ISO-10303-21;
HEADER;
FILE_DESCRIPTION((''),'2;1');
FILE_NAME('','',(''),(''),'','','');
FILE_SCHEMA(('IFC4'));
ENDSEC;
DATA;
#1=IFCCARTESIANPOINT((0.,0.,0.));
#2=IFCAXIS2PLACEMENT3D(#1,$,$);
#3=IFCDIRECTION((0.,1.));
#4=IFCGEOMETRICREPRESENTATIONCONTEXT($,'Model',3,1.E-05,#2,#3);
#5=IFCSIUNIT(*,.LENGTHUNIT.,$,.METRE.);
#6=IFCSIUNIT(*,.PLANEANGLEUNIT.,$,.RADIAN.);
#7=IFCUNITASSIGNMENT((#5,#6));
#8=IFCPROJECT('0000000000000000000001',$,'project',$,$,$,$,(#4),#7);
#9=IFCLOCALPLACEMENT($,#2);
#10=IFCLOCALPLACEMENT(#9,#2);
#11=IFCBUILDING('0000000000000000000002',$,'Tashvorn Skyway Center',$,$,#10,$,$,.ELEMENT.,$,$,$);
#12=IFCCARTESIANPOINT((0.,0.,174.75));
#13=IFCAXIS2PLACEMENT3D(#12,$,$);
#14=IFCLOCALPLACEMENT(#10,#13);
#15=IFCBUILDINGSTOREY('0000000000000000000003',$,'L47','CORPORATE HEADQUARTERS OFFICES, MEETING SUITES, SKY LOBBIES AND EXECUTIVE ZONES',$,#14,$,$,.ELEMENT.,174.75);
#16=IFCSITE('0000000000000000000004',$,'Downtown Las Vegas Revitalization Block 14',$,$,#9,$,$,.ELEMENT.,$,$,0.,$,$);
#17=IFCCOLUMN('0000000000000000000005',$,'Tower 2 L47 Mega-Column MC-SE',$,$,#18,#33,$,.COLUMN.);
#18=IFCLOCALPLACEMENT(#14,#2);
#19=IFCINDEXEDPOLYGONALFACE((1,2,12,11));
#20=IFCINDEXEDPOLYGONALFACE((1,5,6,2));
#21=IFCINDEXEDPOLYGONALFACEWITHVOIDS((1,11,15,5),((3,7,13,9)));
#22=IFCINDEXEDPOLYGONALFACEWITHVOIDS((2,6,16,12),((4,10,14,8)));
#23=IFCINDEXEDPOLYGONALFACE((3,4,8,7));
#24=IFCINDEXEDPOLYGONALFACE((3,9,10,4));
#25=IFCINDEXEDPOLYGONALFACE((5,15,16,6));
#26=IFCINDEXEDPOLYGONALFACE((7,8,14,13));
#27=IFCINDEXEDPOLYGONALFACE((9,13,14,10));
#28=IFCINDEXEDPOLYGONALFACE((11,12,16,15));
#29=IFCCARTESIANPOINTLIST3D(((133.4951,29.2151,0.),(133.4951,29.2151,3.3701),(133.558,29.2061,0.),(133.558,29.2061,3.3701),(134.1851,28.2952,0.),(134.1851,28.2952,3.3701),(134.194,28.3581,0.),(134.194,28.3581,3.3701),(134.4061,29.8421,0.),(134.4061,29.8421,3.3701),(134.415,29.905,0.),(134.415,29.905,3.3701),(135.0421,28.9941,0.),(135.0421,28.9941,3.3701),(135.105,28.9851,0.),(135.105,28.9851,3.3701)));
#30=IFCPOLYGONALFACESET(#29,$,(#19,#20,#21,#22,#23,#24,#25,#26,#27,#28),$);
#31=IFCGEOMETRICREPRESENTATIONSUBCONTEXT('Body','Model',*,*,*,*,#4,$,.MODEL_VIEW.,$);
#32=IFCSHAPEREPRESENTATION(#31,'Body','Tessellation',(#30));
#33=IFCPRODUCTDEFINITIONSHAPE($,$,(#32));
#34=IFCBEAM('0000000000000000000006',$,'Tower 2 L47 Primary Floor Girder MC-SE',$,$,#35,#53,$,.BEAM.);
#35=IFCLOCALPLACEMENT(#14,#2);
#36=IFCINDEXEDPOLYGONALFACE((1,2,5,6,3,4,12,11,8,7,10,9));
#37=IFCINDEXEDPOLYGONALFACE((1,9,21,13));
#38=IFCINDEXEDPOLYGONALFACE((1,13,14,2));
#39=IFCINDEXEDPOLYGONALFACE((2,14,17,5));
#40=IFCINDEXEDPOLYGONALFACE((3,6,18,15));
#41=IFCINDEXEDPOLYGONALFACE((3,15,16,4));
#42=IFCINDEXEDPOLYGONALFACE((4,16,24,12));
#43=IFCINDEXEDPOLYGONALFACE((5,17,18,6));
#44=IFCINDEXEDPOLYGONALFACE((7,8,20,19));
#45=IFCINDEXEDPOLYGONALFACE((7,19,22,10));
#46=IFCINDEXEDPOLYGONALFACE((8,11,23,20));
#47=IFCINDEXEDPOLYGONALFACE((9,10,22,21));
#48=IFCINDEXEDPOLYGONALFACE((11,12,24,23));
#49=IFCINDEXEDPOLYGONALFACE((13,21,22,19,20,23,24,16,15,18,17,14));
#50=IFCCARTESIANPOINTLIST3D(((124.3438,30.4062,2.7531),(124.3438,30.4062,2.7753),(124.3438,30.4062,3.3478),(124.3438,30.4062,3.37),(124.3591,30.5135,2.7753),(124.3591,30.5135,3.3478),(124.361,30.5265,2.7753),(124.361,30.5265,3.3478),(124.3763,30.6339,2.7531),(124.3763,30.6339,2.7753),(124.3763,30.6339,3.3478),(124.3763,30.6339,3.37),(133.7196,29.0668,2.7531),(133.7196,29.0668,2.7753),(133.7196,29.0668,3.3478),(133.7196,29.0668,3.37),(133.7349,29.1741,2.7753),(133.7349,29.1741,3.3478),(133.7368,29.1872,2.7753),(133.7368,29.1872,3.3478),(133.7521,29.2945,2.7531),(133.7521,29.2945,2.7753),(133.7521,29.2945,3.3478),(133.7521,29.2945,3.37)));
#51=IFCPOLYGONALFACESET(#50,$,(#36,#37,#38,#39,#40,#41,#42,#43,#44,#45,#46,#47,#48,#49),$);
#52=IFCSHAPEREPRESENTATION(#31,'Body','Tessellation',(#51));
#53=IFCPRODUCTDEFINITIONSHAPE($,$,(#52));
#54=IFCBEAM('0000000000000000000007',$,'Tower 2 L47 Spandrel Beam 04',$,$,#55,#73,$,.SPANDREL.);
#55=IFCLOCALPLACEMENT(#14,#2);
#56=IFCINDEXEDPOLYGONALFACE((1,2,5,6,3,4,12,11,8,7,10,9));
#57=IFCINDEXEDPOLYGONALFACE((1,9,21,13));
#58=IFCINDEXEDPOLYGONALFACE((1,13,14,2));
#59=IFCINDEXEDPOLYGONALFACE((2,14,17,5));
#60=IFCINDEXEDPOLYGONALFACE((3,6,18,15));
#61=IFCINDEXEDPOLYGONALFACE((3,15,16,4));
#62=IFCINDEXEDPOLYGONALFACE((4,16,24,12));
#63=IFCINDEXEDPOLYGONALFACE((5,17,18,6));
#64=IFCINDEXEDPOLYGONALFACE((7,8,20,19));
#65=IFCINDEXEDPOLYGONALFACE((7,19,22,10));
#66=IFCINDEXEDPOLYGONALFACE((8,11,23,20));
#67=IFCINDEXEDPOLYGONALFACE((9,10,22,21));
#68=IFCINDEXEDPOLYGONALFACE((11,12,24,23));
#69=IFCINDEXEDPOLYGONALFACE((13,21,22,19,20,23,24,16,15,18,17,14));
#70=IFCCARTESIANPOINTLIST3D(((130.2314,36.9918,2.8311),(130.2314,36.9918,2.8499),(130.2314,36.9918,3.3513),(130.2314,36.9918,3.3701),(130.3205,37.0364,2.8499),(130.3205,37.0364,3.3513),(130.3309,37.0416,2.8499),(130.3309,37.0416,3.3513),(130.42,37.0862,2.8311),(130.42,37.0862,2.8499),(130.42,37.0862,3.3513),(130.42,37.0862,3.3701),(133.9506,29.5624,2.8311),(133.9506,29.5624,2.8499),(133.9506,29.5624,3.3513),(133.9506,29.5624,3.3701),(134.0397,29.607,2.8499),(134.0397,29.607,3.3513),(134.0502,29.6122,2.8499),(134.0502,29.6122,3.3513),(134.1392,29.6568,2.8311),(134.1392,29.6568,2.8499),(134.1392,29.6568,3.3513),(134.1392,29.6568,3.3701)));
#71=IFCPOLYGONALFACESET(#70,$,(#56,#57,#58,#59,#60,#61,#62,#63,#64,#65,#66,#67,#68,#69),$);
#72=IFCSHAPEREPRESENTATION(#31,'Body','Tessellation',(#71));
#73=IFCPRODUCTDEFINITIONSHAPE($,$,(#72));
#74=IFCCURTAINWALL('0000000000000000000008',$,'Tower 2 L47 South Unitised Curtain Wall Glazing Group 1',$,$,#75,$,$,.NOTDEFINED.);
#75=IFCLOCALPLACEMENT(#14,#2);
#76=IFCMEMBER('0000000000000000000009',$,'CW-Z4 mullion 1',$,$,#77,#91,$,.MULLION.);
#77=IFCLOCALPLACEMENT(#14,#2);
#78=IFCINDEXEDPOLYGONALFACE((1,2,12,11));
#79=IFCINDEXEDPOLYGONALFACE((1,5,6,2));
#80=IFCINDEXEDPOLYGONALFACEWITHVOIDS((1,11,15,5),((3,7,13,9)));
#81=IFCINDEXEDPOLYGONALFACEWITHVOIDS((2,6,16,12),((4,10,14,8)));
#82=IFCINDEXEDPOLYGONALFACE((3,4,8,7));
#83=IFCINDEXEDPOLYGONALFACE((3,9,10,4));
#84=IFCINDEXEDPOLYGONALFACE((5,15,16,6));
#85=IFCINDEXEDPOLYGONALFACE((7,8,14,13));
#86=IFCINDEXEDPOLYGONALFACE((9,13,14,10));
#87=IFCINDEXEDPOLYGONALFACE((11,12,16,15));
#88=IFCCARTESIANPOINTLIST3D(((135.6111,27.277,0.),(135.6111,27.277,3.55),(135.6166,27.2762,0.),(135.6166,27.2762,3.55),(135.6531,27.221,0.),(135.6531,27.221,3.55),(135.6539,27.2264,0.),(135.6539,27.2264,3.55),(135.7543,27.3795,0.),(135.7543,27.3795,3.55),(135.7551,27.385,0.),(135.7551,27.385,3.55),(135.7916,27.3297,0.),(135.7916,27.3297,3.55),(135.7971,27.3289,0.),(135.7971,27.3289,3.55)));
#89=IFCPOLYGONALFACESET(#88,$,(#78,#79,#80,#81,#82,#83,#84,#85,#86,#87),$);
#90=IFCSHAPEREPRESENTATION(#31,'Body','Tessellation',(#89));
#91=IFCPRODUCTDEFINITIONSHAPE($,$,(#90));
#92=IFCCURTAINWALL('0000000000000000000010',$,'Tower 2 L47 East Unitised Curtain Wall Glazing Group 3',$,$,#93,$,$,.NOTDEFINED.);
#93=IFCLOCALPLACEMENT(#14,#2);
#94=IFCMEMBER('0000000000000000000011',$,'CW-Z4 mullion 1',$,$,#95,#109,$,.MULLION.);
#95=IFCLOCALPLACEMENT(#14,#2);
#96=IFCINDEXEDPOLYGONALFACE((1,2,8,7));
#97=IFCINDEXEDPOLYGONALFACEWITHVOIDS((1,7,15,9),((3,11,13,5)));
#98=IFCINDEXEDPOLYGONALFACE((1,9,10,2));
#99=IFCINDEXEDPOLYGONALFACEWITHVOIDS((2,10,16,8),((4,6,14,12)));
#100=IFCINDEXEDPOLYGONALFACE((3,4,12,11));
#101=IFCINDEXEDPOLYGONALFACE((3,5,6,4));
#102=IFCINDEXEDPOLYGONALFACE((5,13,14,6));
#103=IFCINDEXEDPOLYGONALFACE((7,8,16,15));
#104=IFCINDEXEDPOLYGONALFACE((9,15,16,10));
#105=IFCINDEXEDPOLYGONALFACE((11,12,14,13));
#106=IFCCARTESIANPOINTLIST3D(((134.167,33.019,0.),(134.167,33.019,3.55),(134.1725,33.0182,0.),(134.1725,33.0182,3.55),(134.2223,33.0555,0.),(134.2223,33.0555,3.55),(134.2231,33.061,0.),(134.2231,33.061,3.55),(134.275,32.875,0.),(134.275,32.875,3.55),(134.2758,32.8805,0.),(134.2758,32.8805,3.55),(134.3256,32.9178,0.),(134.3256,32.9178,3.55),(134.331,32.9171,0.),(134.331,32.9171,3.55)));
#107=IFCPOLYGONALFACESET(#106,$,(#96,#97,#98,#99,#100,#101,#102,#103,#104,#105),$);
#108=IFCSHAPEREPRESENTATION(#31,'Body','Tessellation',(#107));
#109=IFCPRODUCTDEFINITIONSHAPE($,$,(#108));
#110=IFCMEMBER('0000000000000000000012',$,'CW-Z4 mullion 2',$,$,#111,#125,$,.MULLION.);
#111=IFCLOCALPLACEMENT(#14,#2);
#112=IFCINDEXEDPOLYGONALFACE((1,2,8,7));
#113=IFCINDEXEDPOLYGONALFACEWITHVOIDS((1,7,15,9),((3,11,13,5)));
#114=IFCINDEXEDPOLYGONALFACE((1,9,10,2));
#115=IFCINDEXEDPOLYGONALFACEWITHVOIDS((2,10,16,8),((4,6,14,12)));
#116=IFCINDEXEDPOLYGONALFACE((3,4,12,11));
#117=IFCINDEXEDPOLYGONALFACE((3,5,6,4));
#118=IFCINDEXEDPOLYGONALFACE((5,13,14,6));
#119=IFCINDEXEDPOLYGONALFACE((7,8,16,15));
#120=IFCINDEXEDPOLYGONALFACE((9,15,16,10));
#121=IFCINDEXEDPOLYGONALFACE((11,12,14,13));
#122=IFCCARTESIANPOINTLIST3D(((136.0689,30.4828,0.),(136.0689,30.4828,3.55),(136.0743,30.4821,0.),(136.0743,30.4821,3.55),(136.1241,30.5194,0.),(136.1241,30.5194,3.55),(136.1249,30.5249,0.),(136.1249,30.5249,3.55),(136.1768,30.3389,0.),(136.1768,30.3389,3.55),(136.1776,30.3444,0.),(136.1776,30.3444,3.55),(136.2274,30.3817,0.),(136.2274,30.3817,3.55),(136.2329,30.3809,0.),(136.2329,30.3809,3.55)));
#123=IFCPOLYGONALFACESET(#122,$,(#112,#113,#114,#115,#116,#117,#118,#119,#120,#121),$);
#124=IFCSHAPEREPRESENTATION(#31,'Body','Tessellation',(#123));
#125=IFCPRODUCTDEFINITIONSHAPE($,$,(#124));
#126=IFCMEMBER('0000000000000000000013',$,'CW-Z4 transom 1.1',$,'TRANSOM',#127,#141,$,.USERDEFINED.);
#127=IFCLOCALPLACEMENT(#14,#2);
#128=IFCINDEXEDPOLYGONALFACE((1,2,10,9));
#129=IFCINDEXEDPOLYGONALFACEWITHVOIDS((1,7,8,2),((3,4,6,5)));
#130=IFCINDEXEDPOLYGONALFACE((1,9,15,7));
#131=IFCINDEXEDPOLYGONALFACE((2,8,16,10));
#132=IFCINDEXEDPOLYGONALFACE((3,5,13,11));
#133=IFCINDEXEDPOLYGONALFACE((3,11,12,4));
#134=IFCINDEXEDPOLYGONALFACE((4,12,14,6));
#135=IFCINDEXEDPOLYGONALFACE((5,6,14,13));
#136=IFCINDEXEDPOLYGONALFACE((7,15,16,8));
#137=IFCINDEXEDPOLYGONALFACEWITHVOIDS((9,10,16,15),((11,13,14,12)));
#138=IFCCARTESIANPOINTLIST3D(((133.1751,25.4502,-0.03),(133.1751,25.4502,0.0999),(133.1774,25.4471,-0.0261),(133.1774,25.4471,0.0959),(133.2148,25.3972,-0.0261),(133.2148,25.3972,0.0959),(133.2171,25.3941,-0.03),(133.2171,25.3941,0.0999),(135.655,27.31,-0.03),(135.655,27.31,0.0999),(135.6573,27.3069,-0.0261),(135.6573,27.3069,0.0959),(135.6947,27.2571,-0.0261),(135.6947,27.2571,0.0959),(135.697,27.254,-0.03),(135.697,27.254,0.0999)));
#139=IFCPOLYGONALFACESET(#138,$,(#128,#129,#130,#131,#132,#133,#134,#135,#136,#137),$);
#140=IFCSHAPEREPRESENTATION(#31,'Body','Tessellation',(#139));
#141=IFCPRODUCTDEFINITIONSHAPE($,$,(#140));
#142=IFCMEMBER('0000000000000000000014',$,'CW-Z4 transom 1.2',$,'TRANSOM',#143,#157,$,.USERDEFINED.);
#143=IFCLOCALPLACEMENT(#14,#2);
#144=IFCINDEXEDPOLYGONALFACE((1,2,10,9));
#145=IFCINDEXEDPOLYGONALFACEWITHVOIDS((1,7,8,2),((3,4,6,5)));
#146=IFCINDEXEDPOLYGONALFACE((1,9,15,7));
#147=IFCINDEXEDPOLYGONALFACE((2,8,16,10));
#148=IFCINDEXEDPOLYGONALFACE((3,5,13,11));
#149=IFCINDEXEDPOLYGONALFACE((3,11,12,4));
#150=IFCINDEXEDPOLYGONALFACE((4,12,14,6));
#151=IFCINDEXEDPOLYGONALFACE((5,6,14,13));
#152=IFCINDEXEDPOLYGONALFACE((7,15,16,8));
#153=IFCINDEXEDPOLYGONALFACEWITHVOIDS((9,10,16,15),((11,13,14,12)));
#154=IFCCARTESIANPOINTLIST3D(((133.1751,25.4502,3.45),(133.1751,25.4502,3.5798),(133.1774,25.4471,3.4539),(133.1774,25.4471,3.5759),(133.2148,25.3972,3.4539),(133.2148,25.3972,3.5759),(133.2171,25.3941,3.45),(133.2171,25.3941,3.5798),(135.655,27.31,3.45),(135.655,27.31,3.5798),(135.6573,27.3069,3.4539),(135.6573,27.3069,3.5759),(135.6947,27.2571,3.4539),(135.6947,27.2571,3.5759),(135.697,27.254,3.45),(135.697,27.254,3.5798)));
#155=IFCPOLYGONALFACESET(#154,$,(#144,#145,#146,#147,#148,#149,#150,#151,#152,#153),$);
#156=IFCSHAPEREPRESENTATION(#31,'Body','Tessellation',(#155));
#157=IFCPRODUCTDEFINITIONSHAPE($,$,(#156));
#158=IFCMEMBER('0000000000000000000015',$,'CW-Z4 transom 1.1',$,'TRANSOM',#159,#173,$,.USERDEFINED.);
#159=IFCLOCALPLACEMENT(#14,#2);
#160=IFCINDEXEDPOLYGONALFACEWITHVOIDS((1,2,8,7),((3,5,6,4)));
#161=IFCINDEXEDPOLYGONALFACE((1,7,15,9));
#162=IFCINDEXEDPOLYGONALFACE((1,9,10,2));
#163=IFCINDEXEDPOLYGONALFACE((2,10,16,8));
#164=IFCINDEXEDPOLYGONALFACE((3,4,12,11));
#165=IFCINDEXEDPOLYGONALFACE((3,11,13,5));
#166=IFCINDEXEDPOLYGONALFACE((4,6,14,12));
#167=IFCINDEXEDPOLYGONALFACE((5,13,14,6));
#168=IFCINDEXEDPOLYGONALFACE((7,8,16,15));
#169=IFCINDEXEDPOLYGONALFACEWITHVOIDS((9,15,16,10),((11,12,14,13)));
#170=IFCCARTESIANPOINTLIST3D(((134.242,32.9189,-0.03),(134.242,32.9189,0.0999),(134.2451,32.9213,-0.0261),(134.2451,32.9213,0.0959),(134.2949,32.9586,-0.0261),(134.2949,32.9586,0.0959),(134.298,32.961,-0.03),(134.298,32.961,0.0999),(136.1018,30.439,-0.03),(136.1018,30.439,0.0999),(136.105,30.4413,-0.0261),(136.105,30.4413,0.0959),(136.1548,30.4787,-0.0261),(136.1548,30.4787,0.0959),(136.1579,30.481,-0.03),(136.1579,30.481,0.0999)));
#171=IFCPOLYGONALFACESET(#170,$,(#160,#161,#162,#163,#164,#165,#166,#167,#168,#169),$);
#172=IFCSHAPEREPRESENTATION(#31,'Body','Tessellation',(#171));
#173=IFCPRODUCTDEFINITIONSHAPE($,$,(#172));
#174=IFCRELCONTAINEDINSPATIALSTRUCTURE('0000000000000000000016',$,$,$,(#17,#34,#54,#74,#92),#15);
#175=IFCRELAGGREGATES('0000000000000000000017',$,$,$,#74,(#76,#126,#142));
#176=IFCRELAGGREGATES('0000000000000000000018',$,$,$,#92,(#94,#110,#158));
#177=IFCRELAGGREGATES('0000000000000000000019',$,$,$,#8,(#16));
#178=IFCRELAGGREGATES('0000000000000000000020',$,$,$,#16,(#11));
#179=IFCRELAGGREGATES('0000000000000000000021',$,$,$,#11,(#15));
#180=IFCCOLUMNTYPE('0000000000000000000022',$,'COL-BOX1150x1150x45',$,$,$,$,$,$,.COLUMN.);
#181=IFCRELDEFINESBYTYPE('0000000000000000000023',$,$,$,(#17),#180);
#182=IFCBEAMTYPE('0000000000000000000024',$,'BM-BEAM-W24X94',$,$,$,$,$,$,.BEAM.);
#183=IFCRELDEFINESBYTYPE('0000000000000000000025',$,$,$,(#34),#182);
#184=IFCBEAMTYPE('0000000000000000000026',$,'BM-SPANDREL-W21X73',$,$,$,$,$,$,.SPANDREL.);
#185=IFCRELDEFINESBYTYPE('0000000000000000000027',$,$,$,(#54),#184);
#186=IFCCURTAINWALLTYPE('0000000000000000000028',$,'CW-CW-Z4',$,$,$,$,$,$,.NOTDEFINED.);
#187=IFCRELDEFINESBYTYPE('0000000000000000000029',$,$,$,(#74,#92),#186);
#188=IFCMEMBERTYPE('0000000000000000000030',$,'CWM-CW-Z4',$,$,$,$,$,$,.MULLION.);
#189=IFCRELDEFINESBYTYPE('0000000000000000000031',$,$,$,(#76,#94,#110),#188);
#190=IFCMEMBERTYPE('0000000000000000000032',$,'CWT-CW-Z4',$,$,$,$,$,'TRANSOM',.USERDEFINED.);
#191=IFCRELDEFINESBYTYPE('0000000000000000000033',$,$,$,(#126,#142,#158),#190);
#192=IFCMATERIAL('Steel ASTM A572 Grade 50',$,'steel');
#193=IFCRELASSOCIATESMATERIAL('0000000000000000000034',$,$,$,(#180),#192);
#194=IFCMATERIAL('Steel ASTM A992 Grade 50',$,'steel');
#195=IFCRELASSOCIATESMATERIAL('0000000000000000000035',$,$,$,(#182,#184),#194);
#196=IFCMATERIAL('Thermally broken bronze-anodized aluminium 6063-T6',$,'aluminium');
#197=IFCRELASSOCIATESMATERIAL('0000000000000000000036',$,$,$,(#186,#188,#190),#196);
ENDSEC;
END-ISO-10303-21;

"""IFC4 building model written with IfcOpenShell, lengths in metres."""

from ifc_helpers import new_model, si_unit, direction, frame, origin, origin_2d, place, context, subcontext, project, spatial, hollow_rectangle, i_section, extrude, material, material_profile, profile_set, type_object, element, aggregate, save


model = new_model("IFC4")

# Units and contexts
model_context = context("Model", 3, precision=1e-05, world=origin(), true_north=direction((0.0, 1.0)))
body_context = subcontext(model_context, "Body", "Model", "MODEL_VIEW")
ifc_project = project(units=[si_unit("LENGTHUNIT", "METRE"), si_unit("PLANEANGLEUNIT", "RADIAN")], contexts=[model_context])

# Site, building, storey
site_placement = place(None, origin())
site = spatial("IfcSite", under=ifc_project, at=site_placement, Name="Downtown Las Vegas Revitalization Block 14", CompositionType="ELEMENT", RefElevation=0.0)
building_placement = place(site_placement, origin())
building = spatial("IfcBuilding", under=site, at=building_placement, Name="Tashvorn Skyway Center", CompositionType="ELEMENT")
storey_placement = place(building_placement, frame((0.0, 0.0, 174.75)))
storey = spatial("IfcBuildingStorey", under=building, at=storey_placement, Name="L47", Description="CORPORATE HEADQUARTERS OFFICES, MEETING SUITES, SKY LOBBIES AND EXECUTIVE ZONES", CompositionType="ELEMENT", Elevation=174.75)

# Column
ifc_material_1 = material(Name="Steel ASTM A572 Grade 50", Category="steel")
ifc_material_profile_1 = material_profile(ifc_material_1, hollow_rectangle(XDim=1.1499, YDim=1.1499, WallThickness=0.0449, at=origin_2d()), Name="BOX1150x1150x45")
ifc_profile_set_1 = profile_set([ifc_material_profile_1], Name="Steel ASTM A572 Grade 50")
column_type = type_object("IfcColumnType", Name="COL-BOX1150x1150x45", PredefinedType="COLUMN", material=ifc_profile_set_1)
column_placement = place(storey_placement, frame((134.3, 29.1001, 0.0), z_axis=(0.0, 0.0, 1.0), x_axis=(0.8, 0.6, 0.0)))
element("IfcColumn", 1, at=column_placement, inside=storey, type_object=column_type, Name="Tower 2 L47 Mega-Column MC-SE", PredefinedType="COLUMN", context=body_context, shape_type="SweptSolid", body=[
    extrude(hollow_rectangle(XDim=1.1499, YDim=1.1499, WallThickness=0.0449, at=origin_2d()), origin(), (0.0, 0.0, 1.0), 3.3701),
])

# Beams
ifc_material_2 = material(Name="Steel ASTM A992 Grade 50", Category="steel")
ifc_material_profile_2 = material_profile(ifc_material_2, i_section(OverallWidth=0.23, OverallDepth=0.6169, WebThickness=0.0132, FlangeThickness=0.0222, at=origin_2d()), Name="W24X94")
ifc_profile_set_2 = profile_set([ifc_material_profile_2], Name="Steel ASTM A992 Grade 50")
beam_type_1 = type_object("IfcBeamType", Name="BM-BEAM-W24X94", PredefinedType="BEAM", material=ifc_profile_set_2)
beam_1_placement = place(storey_placement, frame((133.7358, 29.1807, 3.0615), z_axis=(-0.98995, 0.141418, 0.0), x_axis=(-0.141418, -0.98995, 0.0)))
element("IfcBeam", 2, at=beam_1_placement, inside=storey, type_object=beam_type_1, Name="Tower 2 L47 Primary Floor Girder MC-SE", PredefinedType="BEAM", context=body_context, shape_type="SweptSolid", body=[
    extrude(i_section(OverallWidth=0.23, OverallDepth=0.6169, WebThickness=0.0132, FlangeThickness=0.0222, at=origin_2d()), origin(), (0.0, 0.0, 1.0), 9.4709),
])
ifc_material_profile_3 = material_profile(ifc_material_2, i_section(OverallWidth=0.2109, OverallDepth=0.5391, WebThickness=0.0117, FlangeThickness=0.0188, at=origin_2d()), Name="W21X73")
ifc_profile_set_3 = profile_set([ifc_material_profile_3], Name="Steel ASTM A992 Grade 50")
beam_type_2 = type_object("IfcBeamType", Name="BM-SPANDREL-W21X73", PredefinedType="SPANDREL", material=ifc_profile_set_3)
beam_2_placement = place(storey_placement, frame((134.0449, 29.6096, 3.1006), z_axis=(-0.447648, 0.89421, 0.0), x_axis=(-0.89421, -0.447648, 0.0)))
element("IfcBeam", 3, at=beam_2_placement, inside=storey, type_object=beam_type_2, Name="Tower 2 L47 Spandrel Beam 04", PredefinedType="SPANDREL", context=body_context, shape_type="SweptSolid", body=[
    extrude(i_section(OverallWidth=0.2109, OverallDepth=0.5391, WebThickness=0.0117, FlangeThickness=0.0188, at=origin_2d()), origin(), (0.0, 0.0, 1.0), 8.3083),
])

# Curtain wall, member
ifc_material_3 = material(Name="Thermally broken bronze-anodized aluminium 6063-T6", Category="aluminium")
curtain_wall_type = type_object("IfcCurtainWallType", Name="CW-CW-Z4", PredefinedType="NOTDEFINED", material=ifc_material_3)
curtain_wall_1_placement = place(storey_placement, origin())
curtain_wall_1 = element("IfcCurtainWall", 4, at=curtain_wall_1_placement, inside=storey, type_object=curtain_wall_type, Name="Tower 2 L47 South Unitised Curtain Wall Glazing Group 1", PredefinedType="NOTDEFINED")
ifc_material_profile_4 = material_profile(ifc_material_3, hollow_rectangle(XDim=0.0701, YDim=0.1799, WallThickness=0.0039, at=origin_2d()), Name="ALU-MULL-70x180")
ifc_profile_set_4 = profile_set([ifc_material_profile_4], Name="Thermally broken bronze-anodized aluminium 6063-T6")
member_type_1 = type_object("IfcMemberType", Name="CWM-CW-Z4", PredefinedType="MULLION", material=ifc_profile_set_4)
member_1_placement = place(storey_placement, frame((135.7041, 27.303, 0.0), z_axis=(0.0, 0.0, 1.0), x_axis=(0.6, -0.8, 0.0)))
member_1 = element("IfcMember", 5, at=member_1_placement, type_object=member_type_1, Name="CW-Z4 mullion 1", PredefinedType="MULLION", context=body_context, shape_type="SweptSolid", body=[
    extrude(hollow_rectangle(XDim=0.0701, YDim=0.1799, WallThickness=0.0039, at=origin_2d()), origin(), (0.0, 0.0, 1.0), 3.55),
])

# Curtain wall, members
curtain_wall_2_placement = place(storey_placement, origin())
curtain_wall_2 = element("IfcCurtainWall", 6, at=curtain_wall_2_placement, inside=storey, type_object=curtain_wall_type, Name="Tower 2 L47 East Unitised Curtain Wall Glazing Group 3", PredefinedType="NOTDEFINED")
member_2_placement = place(storey_placement, frame((134.249, 32.968, 0.0), z_axis=(0.0, 0.0, 1.0), x_axis=(0.8, 0.6, 0.0)))
member_2 = element("IfcMember", 7, at=member_2_placement, type_object=member_type_1, Name="CW-Z4 mullion 1", PredefinedType="MULLION", context=body_context, shape_type="SweptSolid", body=[
    extrude(hollow_rectangle(XDim=0.0701, YDim=0.1799, WallThickness=0.0039, at=origin_2d()), origin(), (0.0, 0.0, 1.0), 3.55),
])
member_3_placement = place(storey_placement, frame((136.1509, 30.4319, 0.0), z_axis=(0.0, 0.0, 1.0), x_axis=(0.8, 0.6, 0.0)))
member_3 = element("IfcMember", 8, at=member_3_placement, type_object=member_type_1, Name="CW-Z4 mullion 2", PredefinedType="MULLION", context=body_context, shape_type="SweptSolid", body=[
    extrude(hollow_rectangle(XDim=0.0701, YDim=0.1799, WallThickness=0.0039, at=origin_2d()), origin(), (0.0, 0.0, 1.0), 3.55),
])

# Members
ifc_material_profile_5 = material_profile(ifc_material_3, hollow_rectangle(XDim=0.0701, YDim=0.1299, WallThickness=0.0039, at=origin_2d()), Name="ALU-TRAN-70x130")
ifc_profile_set_5 = profile_set([ifc_material_profile_5], Name="Thermally broken bronze-anodized aluminium 6063-T6")
member_type_2 = type_object("IfcMemberType", Name="CWT-CW-Z4", ElementType="TRANSOM", PredefinedType="USERDEFINED", material=ifc_profile_set_5)
member_4_placement = place(storey_placement, frame((135.676, 27.282, 0.0349), z_axis=(-0.800019, -0.599975, 0.0), x_axis=(0.599975, -0.800019, 0.0)))
member_4 = element("IfcMember", 9, at=member_4_placement, type_object=member_type_2, Name="CW-Z4 transom 1.1", ObjectType="TRANSOM", PredefinedType="USERDEFINED", context=body_context, shape_type="SweptSolid", body=[
    extrude(hollow_rectangle(XDim=0.0701, YDim=0.1299, WallThickness=0.0039, at=origin_2d()), origin(), (0.0, 0.0, 1.0), 3.0999),
])
member_5_placement = place(storey_placement, frame((135.676, 27.282, 3.5149), z_axis=(-0.800019, -0.599975, 0.0), x_axis=(0.599975, -0.800019, 0.0)))
member_5 = element("IfcMember", 10, at=member_5_placement, type_object=member_type_2, Name="CW-Z4 transom 1.2", ObjectType="TRANSOM", PredefinedType="USERDEFINED", context=body_context, shape_type="SweptSolid", body=[
    extrude(hollow_rectangle(XDim=0.0701, YDim=0.1299, WallThickness=0.0039, at=origin_2d()), origin(), (0.0, 0.0, 1.0), 3.0999),
])
member_6_placement = place(storey_placement, frame((134.27, 32.9399, 0.0349), z_axis=(0.599975, -0.800019, 0.0), x_axis=(0.800019, 0.599975, 0.0)))
member_6 = element("IfcMember", 11, at=member_6_placement, type_object=member_type_2, Name="CW-Z4 transom 1.1", ObjectType="TRANSOM", PredefinedType="USERDEFINED", context=body_context, shape_type="SweptSolid", body=[
    extrude(hollow_rectangle(XDim=0.0701, YDim=0.1299, WallThickness=0.0039, at=origin_2d()), origin(), (0.0, 0.0, 1.0), 3.0999),
])

aggregate(curtain_wall_1, [member_1, member_4, member_5])
aggregate(curtain_wall_2, [member_2, member_3, member_6])

save(model, "model.ifc")
